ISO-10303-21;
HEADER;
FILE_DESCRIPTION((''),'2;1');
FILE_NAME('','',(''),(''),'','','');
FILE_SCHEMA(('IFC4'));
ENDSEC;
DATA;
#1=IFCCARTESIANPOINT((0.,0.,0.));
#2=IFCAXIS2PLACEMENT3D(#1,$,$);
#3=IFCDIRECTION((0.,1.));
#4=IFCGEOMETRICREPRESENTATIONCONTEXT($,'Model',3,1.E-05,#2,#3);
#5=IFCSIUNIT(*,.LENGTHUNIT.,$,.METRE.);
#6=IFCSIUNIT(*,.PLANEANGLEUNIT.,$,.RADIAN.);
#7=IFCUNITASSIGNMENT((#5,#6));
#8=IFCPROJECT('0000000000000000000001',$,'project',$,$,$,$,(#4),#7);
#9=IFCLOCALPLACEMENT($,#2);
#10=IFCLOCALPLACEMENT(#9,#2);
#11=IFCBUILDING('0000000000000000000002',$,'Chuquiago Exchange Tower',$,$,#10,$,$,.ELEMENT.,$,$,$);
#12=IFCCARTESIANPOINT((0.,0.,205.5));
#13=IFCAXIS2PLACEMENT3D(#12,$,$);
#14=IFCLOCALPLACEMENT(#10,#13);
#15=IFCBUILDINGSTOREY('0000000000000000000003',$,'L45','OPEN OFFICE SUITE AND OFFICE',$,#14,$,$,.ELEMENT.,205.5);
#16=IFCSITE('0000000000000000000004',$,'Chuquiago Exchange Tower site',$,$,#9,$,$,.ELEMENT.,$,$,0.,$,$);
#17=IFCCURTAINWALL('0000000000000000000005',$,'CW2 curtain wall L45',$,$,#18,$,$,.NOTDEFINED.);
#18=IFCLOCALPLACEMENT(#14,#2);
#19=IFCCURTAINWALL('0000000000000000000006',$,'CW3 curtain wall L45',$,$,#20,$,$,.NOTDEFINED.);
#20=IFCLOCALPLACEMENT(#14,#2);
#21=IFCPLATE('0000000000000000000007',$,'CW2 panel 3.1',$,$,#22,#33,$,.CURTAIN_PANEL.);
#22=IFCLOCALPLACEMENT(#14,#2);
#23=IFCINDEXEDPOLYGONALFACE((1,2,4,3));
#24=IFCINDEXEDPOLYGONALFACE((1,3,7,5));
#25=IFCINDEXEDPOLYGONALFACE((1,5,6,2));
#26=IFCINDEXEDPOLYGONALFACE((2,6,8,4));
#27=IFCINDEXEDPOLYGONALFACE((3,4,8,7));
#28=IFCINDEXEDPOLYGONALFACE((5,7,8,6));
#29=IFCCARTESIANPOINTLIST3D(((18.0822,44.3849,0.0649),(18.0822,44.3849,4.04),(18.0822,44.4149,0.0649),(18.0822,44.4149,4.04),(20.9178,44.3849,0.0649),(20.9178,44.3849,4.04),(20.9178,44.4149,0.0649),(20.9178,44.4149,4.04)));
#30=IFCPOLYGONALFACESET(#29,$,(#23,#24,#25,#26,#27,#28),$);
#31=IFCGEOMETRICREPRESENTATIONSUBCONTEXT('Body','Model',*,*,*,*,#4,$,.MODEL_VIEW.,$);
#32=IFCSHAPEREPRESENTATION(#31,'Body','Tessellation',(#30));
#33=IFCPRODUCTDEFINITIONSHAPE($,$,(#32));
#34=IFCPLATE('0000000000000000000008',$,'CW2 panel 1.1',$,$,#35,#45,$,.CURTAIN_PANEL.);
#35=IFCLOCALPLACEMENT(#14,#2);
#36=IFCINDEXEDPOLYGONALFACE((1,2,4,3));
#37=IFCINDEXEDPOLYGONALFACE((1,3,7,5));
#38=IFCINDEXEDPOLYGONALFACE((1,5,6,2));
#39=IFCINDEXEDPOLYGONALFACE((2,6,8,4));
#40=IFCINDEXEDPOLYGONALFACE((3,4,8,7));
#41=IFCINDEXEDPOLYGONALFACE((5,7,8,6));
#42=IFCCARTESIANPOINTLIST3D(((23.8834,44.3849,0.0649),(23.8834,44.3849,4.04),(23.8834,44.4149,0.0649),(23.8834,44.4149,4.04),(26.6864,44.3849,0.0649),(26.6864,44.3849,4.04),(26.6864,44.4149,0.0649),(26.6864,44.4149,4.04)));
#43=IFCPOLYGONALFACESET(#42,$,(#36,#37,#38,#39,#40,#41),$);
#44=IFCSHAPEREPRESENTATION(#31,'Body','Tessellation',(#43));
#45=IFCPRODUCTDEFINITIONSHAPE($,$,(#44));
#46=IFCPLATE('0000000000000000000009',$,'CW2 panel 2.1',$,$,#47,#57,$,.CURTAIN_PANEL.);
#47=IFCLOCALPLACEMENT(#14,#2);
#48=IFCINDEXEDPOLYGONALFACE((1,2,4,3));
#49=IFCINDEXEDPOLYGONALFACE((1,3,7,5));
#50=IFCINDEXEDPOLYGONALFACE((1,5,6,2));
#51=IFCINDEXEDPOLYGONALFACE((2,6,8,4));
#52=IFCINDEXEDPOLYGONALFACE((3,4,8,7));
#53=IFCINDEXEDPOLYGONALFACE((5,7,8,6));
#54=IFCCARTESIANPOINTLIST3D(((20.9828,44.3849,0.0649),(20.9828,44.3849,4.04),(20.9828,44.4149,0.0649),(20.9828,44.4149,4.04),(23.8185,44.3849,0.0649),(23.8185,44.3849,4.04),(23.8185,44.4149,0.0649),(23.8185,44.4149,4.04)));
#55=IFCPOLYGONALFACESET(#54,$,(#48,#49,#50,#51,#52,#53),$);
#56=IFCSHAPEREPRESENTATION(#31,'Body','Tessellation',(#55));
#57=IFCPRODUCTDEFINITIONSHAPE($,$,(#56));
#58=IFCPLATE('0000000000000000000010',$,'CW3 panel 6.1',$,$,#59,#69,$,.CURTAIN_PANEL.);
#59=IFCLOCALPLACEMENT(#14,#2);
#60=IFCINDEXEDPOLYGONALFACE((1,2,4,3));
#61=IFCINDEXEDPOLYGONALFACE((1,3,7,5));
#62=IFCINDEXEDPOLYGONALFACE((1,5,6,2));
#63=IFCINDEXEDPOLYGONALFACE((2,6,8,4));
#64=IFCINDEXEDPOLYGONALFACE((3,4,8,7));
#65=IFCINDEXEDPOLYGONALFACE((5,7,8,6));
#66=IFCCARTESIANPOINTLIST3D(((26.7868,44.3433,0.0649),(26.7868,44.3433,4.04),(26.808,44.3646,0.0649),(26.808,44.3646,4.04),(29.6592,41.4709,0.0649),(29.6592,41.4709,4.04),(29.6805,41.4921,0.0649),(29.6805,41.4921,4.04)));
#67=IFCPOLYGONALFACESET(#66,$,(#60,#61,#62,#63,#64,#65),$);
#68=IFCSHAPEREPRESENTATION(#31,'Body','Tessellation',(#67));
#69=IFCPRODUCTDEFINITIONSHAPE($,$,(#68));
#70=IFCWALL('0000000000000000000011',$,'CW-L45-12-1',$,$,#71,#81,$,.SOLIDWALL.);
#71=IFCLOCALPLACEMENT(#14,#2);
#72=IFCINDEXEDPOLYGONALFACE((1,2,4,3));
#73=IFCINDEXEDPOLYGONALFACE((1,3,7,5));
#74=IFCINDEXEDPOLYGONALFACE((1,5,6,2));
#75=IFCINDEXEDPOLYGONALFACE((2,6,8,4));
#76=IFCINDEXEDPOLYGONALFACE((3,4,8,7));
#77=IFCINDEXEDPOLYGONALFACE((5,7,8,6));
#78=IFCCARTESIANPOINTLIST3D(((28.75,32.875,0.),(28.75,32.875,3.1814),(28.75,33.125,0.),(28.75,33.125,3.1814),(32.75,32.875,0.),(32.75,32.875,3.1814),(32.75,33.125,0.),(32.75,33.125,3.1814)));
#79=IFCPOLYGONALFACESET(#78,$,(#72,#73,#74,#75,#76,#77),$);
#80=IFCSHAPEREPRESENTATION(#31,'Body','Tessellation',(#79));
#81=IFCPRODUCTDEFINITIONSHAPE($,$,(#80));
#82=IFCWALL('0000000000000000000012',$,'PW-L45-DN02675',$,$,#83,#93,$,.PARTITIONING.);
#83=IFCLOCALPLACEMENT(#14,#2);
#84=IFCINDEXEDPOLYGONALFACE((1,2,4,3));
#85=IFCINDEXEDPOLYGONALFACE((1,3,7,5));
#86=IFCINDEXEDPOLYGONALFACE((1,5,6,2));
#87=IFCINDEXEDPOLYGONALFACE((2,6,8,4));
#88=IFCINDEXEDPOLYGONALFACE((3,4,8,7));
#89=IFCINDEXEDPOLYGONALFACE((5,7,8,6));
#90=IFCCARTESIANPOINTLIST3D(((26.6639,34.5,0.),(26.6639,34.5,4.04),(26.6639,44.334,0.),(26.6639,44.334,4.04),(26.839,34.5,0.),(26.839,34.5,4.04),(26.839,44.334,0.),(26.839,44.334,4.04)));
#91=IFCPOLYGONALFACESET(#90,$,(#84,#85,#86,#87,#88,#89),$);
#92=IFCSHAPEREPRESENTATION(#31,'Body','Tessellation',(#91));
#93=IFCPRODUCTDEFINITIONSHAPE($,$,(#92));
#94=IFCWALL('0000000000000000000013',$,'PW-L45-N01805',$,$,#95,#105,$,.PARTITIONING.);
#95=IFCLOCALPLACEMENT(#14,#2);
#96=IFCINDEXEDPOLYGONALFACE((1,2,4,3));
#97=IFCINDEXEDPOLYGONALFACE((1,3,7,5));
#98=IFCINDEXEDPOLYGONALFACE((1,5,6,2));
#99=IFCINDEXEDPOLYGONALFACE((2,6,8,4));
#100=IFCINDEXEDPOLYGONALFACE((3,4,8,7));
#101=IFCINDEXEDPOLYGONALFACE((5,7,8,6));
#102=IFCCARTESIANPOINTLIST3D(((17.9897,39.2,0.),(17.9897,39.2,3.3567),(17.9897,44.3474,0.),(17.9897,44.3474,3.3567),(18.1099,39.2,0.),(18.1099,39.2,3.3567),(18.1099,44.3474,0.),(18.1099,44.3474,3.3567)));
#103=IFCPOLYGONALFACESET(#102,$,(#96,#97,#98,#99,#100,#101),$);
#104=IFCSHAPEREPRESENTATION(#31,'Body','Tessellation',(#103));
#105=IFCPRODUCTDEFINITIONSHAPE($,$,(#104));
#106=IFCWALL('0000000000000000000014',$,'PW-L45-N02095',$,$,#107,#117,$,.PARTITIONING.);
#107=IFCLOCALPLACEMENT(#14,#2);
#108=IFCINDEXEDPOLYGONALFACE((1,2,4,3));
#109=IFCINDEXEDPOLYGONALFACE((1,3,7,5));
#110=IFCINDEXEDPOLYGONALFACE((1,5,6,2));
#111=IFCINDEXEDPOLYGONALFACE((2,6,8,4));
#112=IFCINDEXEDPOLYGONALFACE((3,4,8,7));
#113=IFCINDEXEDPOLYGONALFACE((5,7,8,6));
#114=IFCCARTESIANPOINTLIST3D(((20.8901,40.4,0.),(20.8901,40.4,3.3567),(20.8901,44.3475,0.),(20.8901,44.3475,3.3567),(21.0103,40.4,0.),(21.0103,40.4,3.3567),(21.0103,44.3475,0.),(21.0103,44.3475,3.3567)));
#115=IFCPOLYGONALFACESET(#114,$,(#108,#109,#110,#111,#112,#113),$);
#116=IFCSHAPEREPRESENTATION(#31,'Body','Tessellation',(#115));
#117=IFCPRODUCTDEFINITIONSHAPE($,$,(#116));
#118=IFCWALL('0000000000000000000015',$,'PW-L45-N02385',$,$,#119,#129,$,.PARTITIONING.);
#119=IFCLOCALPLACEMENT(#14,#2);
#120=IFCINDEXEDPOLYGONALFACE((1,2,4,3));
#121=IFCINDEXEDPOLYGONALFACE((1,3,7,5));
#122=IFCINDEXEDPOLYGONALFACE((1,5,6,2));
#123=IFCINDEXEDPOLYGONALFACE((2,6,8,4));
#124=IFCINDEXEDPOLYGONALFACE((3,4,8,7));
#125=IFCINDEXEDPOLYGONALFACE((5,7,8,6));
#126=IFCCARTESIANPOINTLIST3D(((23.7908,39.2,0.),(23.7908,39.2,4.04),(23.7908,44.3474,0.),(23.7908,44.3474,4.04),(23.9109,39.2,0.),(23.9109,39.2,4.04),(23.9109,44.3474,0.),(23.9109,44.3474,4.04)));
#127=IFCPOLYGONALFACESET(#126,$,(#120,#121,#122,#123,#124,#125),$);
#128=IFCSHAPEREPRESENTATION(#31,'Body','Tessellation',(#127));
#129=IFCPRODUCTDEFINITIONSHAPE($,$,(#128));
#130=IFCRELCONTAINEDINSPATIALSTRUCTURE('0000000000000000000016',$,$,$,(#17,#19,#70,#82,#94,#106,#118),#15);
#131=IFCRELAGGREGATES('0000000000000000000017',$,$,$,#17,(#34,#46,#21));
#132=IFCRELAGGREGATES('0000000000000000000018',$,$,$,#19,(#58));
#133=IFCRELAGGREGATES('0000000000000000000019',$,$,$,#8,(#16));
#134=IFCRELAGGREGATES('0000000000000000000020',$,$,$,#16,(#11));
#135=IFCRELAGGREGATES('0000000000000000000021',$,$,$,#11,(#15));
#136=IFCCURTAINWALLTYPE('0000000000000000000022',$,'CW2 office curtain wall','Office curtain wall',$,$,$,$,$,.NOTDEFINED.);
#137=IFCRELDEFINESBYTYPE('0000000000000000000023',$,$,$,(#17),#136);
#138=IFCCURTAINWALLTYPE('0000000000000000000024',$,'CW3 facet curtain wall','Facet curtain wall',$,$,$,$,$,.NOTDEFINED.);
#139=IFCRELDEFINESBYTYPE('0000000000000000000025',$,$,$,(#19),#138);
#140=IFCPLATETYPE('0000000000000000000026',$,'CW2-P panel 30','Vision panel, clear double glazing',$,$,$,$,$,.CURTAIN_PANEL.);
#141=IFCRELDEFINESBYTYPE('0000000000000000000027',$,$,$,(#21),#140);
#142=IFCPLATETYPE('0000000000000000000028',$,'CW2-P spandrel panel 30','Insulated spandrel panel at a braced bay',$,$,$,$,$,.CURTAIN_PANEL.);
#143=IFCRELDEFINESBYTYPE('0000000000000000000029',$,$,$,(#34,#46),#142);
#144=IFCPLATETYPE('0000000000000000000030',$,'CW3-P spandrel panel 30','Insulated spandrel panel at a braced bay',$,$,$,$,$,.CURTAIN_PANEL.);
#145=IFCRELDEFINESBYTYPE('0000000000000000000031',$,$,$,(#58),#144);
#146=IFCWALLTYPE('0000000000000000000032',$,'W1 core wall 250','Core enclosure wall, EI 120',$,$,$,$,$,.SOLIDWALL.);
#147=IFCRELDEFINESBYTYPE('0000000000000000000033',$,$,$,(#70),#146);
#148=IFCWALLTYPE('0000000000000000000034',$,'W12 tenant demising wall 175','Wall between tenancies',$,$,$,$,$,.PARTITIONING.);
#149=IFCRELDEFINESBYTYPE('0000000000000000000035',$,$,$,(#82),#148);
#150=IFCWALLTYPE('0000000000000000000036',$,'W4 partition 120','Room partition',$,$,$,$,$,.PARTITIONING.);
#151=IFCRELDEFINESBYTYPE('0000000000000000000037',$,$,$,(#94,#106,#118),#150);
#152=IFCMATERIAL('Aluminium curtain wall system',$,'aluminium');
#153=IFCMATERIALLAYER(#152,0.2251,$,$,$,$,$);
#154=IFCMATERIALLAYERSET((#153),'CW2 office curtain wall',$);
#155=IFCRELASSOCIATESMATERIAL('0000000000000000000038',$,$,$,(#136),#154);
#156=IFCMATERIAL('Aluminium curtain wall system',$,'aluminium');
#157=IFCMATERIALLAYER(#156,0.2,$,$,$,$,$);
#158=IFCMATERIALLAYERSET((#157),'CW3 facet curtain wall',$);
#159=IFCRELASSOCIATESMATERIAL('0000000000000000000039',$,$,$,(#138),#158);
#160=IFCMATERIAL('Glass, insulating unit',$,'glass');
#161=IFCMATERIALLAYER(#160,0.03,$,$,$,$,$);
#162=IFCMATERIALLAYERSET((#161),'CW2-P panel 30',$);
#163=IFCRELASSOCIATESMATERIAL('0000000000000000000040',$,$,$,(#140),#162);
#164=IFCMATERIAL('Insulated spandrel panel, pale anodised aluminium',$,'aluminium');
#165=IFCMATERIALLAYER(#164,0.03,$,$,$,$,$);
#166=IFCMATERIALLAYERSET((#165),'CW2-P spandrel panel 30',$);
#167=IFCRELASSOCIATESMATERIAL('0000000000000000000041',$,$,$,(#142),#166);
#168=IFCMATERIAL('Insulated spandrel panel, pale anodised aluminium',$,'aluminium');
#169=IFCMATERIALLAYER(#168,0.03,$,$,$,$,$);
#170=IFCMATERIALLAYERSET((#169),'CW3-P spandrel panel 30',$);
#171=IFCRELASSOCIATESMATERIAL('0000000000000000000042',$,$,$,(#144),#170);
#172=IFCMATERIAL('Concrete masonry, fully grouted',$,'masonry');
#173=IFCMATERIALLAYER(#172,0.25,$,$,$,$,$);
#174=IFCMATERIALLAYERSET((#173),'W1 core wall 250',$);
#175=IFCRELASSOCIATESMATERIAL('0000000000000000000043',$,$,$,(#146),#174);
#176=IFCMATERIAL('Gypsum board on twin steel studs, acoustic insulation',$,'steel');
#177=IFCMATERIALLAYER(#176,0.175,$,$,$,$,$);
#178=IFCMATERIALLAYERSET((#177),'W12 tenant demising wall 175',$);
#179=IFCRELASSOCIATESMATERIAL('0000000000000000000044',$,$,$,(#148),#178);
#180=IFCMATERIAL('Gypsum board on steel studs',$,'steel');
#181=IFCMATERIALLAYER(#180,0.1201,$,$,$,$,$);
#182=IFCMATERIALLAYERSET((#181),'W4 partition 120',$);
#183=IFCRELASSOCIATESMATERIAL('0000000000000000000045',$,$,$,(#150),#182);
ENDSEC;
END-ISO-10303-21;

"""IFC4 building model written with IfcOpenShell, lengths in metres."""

from ifc_helpers import new_model, si_unit, direction, frame, frame_2d, origin, origin_2d, place, context, subcontext, project, spatial, rectangle, extrude, material, layer, layer_set, type_object, element, aggregate, save


model = new_model("IFC4")

# Units and contexts
model_context = context("Model", 3, precision=1e-05, world=origin(), true_north=direction((0.0, 1.0)))
body_context = subcontext(model_context, "Body", "Model", "MODEL_VIEW")
ifc_project = project(units=[si_unit("LENGTHUNIT", "METRE"), si_unit("PLANEANGLEUNIT", "RADIAN")], contexts=[model_context])

# Site, building, storey
site_placement = place(None, origin())
site = spatial("IfcSite", under=ifc_project, at=site_placement, Name="Chuquiago Exchange Tower site", CompositionType="ELEMENT", RefElevation=0.0)
building_placement = place(site_placement, origin())
building = spatial("IfcBuilding", under=site, at=building_placement, Name="Chuquiago Exchange Tower", CompositionType="ELEMENT")
storey_placement = place(building_placement, frame((0.0, 0.0, 205.5)))
storey = spatial("IfcBuildingStorey", under=building, at=storey_placement, Name="L45", Description="OPEN OFFICE SUITE AND OFFICE", CompositionType="ELEMENT", Elevation=205.5)

# Curtain walls
ifc_material_1 = material(Name="Aluminium curtain wall system", Category="aluminium")
ifc_layer_1 = layer(ifc_material_1, 0.2251)
ifc_layer_set_1 = layer_set([ifc_layer_1], Name="CW2 office curtain wall")
curtain_wall_type_1 = type_object("IfcCurtainWallType", Name="CW2 office curtain wall", Description="Office curtain wall", PredefinedType="NOTDEFINED", material=ifc_layer_set_1)
curtain_wall_1_placement = place(storey_placement, origin())
curtain_wall_1 = element("IfcCurtainWall", 1, at=curtain_wall_1_placement, inside=storey, type_object=curtain_wall_type_1, Name="CW2 curtain wall L45", PredefinedType="NOTDEFINED")
ifc_material_2 = material(Name="Aluminium curtain wall system", Category="aluminium")
ifc_layer_2 = layer(ifc_material_2, 0.2)
ifc_layer_set_2 = layer_set([ifc_layer_2], Name="CW3 facet curtain wall")
curtain_wall_type_2 = type_object("IfcCurtainWallType", Name="CW3 facet curtain wall", Description="Facet curtain wall", PredefinedType="NOTDEFINED", material=ifc_layer_set_2)
curtain_wall_2_placement = place(storey_placement, origin())
curtain_wall_2 = element("IfcCurtainWall", 2, at=curtain_wall_2_placement, inside=storey, type_object=curtain_wall_type_2, Name="CW3 curtain wall L45", PredefinedType="NOTDEFINED")

# Plates
ifc_material_3 = material(Name="Glass, insulating unit", Category="glass")
ifc_layer_3 = layer(ifc_material_3, 0.03)
ifc_layer_set_3 = layer_set([ifc_layer_3], Name="CW2-P panel 30")
plate_type_1 = type_object("IfcPlateType", Name="CW2-P panel 30", Description="Vision panel, clear double glazing", PredefinedType="CURTAIN_PANEL", material=ifc_layer_set_3)
plate_1_placement = place(storey_placement, frame((19.5, 44.3999, 0.0649), z_axis=(0.0, 0.0, 1.0), x_axis=(-1.0, 0.0, 0.0)))
plate_1 = element("IfcPlate", 3, at=plate_1_placement, type_object=plate_type_1, Name="CW2 panel 3.1", PredefinedType="CURTAIN_PANEL", context=body_context, shape_type="SweptSolid", body=[
    extrude(rectangle(XDim=2.8357, YDim=0.03, at=origin_2d()), origin(), (0.0, 0.0, 1.0), 3.9751),
])
ifc_material_4 = material(Name="Insulated spandrel panel, pale anodised aluminium", Category="aluminium")
ifc_layer_4 = layer(ifc_material_4, 0.03)
ifc_layer_set_4 = layer_set([ifc_layer_4], Name="CW2-P spandrel panel 30")
plate_type_2 = type_object("IfcPlateType", Name="CW2-P spandrel panel 30", Description="Insulated spandrel panel at a braced bay", PredefinedType="CURTAIN_PANEL", material=ifc_layer_set_4)
plate_2_placement = place(storey_placement, frame((25.2849, 44.3999, 0.0649), z_axis=(0.0, 0.0, 1.0), x_axis=(-1.0, 0.0, 0.0)))
plate_2 = element("IfcPlate", 4, at=plate_2_placement, type_object=plate_type_2, Name="CW2 panel 1.1", PredefinedType="CURTAIN_PANEL", context=body_context, shape_type="SweptSolid", body=[
    extrude(rectangle(XDim=2.803, YDim=0.03, at=origin_2d()), origin(), (0.0, 0.0, 1.0), 3.9751),
])
plate_3_placement = place(storey_placement, frame((22.4006, 44.3999, 0.0649), z_axis=(0.0, 0.0, 1.0), x_axis=(-1.0, 0.0, 0.0)))
plate_3 = element("IfcPlate", 5, at=plate_3_placement, type_object=plate_type_2, Name="CW2 panel 2.1", PredefinedType="CURTAIN_PANEL", context=body_context, shape_type="SweptSolid", body=[
    extrude(rectangle(XDim=2.8357, YDim=0.03, at=origin_2d()), origin(), (0.0, 0.0, 1.0), 3.9751),
])
aggregate(curtain_wall_1, [plate_2, plate_3, plate_1])
ifc_material_5 = material(Name="Insulated spandrel panel, pale anodised aluminium", Category="aluminium")
ifc_layer_5 = layer(ifc_material_5, 0.03)
ifc_layer_set_5 = layer_set([ifc_layer_5], Name="CW3-P spandrel panel 30")
plate_type_3 = type_object("IfcPlateType", Name="CW3-P spandrel panel 30", Description="Insulated spandrel panel at a braced bay", PredefinedType="CURTAIN_PANEL", material=ifc_layer_set_5)
plate_4_placement = place(storey_placement, frame((28.2336, 42.9177, 0.0649), z_axis=(0.0, 0.0, 1.0), x_axis=(-0.707107, 0.707107, 0.0)))
plate_4 = element("IfcPlate", 6, at=plate_4_placement, type_object=plate_type_3, Name="CW3 panel 6.1", PredefinedType="CURTAIN_PANEL", context=body_context, shape_type="SweptSolid", body=[
    extrude(rectangle(XDim=4.0623, YDim=0.03, at=origin_2d()), origin(), (0.0, 0.0, 1.0), 3.9751),
])
aggregate(curtain_wall_2, [plate_4])

# Walls
ifc_material_6 = material(Name="Concrete masonry, fully grouted", Category="masonry")
ifc_layer_6 = layer(ifc_material_6, 0.25)
ifc_layer_set_6 = layer_set([ifc_layer_6], Name="W1 core wall 250")
wall_type_1 = type_object("IfcWallType", Name="W1 core wall 250", Description="Core enclosure wall, EI 120", PredefinedType="SOLIDWALL", material=ifc_layer_set_6)
wall_1_placement = place(storey_placement, frame((28.75, 33.0, 0.0), z_axis=(0.0, 0.0, 1.0), x_axis=(1.0, 0.0, 0.0)))
element("IfcWall", 7, at=wall_1_placement, inside=storey, type_object=wall_type_1, Name="CW-L45-12-1", PredefinedType="SOLIDWALL", context=body_context, shape_type="SweptSolid", body=[
    extrude(rectangle(XDim=4.0, YDim=0.25, at=frame_2d((2.0, 0.0))), origin(), (0.0, 0.0, 1.0), 3.1814),
])
ifc_material_7 = material(Name="Gypsum board on twin steel studs, acoustic insulation", Category="steel")
ifc_layer_7 = layer(ifc_material_7, 0.175)
ifc_layer_set_7 = layer_set([ifc_layer_7], Name="W12 tenant demising wall 175")
wall_type_2 = type_object("IfcWallType", Name="W12 tenant demising wall 175", Description="Wall between tenancies", PredefinedType="PARTITIONING", material=ifc_layer_set_7)
wall_2_placement = place(storey_placement, frame((26.7515, 44.334, 0.0), z_axis=(0.0, 0.0, 1.0), x_axis=(0.0, -1.0, 0.0)))
element("IfcWall", 8, at=wall_2_placement, inside=storey, type_object=wall_type_2, Name="PW-L45-DN02675", PredefinedType="PARTITIONING", context=body_context, shape_type="SweptSolid", body=[
    extrude(rectangle(XDim=9.834, YDim=0.175, at=frame_2d((4.917, 0.0))), origin(), (0.0, 0.0, 1.0), 4.04),
])
ifc_material_8 = material(Name="Gypsum board on steel studs", Category="steel")
ifc_layer_8 = layer(ifc_material_8, 0.1201)
ifc_layer_set_8 = layer_set([ifc_layer_8], Name="W4 partition 120")
wall_type_3 = type_object("IfcWallType", Name="W4 partition 120", Description="Room partition", PredefinedType="PARTITIONING", material=ifc_layer_set_8)
wall_3_placement = place(storey_placement, frame((18.0498, 44.3474, 0.0), z_axis=(0.0, 0.0, 1.0), x_axis=(0.0, -1.0, 0.0)))
element("IfcWall", 9, at=wall_3_placement, inside=storey, type_object=wall_type_3, Name="PW-L45-N01805", PredefinedType="PARTITIONING", context=body_context, shape_type="SweptSolid", body=[
    extrude(rectangle(XDim=5.1475, YDim=0.1201, at=frame_2d((2.5737, 0.0))), origin(), (0.0, 0.0, 1.0), 3.3567),
])
wall_4_placement = place(storey_placement, frame((20.9502, 44.3474, 0.0), z_axis=(0.0, 0.0, 1.0), x_axis=(0.0, -1.0, 0.0)))
element("IfcWall", 10, at=wall_4_placement, inside=storey, type_object=wall_type_3, Name="PW-L45-N02095", PredefinedType="PARTITIONING", context=body_context, shape_type="SweptSolid", body=[
    extrude(rectangle(XDim=3.9475, YDim=0.1201, at=frame_2d((1.9736, 0.0))), origin(), (0.0, 0.0, 1.0), 3.3567),
])
wall_5_placement = place(storey_placement, frame((23.8508, 44.3474, 0.0), z_axis=(0.0, 0.0, 1.0), x_axis=(0.0, -1.0, 0.0)))
element("IfcWall", 11, at=wall_5_placement, inside=storey, type_object=wall_type_3, Name="PW-L45-N02385", PredefinedType="PARTITIONING", context=body_context, shape_type="SweptSolid", body=[
    extrude(rectangle(XDim=5.1475, YDim=0.1201, at=frame_2d((2.5737, 0.0))), origin(), (0.0, 0.0, 1.0), 4.04),
])

save(model, "model.ifc")
